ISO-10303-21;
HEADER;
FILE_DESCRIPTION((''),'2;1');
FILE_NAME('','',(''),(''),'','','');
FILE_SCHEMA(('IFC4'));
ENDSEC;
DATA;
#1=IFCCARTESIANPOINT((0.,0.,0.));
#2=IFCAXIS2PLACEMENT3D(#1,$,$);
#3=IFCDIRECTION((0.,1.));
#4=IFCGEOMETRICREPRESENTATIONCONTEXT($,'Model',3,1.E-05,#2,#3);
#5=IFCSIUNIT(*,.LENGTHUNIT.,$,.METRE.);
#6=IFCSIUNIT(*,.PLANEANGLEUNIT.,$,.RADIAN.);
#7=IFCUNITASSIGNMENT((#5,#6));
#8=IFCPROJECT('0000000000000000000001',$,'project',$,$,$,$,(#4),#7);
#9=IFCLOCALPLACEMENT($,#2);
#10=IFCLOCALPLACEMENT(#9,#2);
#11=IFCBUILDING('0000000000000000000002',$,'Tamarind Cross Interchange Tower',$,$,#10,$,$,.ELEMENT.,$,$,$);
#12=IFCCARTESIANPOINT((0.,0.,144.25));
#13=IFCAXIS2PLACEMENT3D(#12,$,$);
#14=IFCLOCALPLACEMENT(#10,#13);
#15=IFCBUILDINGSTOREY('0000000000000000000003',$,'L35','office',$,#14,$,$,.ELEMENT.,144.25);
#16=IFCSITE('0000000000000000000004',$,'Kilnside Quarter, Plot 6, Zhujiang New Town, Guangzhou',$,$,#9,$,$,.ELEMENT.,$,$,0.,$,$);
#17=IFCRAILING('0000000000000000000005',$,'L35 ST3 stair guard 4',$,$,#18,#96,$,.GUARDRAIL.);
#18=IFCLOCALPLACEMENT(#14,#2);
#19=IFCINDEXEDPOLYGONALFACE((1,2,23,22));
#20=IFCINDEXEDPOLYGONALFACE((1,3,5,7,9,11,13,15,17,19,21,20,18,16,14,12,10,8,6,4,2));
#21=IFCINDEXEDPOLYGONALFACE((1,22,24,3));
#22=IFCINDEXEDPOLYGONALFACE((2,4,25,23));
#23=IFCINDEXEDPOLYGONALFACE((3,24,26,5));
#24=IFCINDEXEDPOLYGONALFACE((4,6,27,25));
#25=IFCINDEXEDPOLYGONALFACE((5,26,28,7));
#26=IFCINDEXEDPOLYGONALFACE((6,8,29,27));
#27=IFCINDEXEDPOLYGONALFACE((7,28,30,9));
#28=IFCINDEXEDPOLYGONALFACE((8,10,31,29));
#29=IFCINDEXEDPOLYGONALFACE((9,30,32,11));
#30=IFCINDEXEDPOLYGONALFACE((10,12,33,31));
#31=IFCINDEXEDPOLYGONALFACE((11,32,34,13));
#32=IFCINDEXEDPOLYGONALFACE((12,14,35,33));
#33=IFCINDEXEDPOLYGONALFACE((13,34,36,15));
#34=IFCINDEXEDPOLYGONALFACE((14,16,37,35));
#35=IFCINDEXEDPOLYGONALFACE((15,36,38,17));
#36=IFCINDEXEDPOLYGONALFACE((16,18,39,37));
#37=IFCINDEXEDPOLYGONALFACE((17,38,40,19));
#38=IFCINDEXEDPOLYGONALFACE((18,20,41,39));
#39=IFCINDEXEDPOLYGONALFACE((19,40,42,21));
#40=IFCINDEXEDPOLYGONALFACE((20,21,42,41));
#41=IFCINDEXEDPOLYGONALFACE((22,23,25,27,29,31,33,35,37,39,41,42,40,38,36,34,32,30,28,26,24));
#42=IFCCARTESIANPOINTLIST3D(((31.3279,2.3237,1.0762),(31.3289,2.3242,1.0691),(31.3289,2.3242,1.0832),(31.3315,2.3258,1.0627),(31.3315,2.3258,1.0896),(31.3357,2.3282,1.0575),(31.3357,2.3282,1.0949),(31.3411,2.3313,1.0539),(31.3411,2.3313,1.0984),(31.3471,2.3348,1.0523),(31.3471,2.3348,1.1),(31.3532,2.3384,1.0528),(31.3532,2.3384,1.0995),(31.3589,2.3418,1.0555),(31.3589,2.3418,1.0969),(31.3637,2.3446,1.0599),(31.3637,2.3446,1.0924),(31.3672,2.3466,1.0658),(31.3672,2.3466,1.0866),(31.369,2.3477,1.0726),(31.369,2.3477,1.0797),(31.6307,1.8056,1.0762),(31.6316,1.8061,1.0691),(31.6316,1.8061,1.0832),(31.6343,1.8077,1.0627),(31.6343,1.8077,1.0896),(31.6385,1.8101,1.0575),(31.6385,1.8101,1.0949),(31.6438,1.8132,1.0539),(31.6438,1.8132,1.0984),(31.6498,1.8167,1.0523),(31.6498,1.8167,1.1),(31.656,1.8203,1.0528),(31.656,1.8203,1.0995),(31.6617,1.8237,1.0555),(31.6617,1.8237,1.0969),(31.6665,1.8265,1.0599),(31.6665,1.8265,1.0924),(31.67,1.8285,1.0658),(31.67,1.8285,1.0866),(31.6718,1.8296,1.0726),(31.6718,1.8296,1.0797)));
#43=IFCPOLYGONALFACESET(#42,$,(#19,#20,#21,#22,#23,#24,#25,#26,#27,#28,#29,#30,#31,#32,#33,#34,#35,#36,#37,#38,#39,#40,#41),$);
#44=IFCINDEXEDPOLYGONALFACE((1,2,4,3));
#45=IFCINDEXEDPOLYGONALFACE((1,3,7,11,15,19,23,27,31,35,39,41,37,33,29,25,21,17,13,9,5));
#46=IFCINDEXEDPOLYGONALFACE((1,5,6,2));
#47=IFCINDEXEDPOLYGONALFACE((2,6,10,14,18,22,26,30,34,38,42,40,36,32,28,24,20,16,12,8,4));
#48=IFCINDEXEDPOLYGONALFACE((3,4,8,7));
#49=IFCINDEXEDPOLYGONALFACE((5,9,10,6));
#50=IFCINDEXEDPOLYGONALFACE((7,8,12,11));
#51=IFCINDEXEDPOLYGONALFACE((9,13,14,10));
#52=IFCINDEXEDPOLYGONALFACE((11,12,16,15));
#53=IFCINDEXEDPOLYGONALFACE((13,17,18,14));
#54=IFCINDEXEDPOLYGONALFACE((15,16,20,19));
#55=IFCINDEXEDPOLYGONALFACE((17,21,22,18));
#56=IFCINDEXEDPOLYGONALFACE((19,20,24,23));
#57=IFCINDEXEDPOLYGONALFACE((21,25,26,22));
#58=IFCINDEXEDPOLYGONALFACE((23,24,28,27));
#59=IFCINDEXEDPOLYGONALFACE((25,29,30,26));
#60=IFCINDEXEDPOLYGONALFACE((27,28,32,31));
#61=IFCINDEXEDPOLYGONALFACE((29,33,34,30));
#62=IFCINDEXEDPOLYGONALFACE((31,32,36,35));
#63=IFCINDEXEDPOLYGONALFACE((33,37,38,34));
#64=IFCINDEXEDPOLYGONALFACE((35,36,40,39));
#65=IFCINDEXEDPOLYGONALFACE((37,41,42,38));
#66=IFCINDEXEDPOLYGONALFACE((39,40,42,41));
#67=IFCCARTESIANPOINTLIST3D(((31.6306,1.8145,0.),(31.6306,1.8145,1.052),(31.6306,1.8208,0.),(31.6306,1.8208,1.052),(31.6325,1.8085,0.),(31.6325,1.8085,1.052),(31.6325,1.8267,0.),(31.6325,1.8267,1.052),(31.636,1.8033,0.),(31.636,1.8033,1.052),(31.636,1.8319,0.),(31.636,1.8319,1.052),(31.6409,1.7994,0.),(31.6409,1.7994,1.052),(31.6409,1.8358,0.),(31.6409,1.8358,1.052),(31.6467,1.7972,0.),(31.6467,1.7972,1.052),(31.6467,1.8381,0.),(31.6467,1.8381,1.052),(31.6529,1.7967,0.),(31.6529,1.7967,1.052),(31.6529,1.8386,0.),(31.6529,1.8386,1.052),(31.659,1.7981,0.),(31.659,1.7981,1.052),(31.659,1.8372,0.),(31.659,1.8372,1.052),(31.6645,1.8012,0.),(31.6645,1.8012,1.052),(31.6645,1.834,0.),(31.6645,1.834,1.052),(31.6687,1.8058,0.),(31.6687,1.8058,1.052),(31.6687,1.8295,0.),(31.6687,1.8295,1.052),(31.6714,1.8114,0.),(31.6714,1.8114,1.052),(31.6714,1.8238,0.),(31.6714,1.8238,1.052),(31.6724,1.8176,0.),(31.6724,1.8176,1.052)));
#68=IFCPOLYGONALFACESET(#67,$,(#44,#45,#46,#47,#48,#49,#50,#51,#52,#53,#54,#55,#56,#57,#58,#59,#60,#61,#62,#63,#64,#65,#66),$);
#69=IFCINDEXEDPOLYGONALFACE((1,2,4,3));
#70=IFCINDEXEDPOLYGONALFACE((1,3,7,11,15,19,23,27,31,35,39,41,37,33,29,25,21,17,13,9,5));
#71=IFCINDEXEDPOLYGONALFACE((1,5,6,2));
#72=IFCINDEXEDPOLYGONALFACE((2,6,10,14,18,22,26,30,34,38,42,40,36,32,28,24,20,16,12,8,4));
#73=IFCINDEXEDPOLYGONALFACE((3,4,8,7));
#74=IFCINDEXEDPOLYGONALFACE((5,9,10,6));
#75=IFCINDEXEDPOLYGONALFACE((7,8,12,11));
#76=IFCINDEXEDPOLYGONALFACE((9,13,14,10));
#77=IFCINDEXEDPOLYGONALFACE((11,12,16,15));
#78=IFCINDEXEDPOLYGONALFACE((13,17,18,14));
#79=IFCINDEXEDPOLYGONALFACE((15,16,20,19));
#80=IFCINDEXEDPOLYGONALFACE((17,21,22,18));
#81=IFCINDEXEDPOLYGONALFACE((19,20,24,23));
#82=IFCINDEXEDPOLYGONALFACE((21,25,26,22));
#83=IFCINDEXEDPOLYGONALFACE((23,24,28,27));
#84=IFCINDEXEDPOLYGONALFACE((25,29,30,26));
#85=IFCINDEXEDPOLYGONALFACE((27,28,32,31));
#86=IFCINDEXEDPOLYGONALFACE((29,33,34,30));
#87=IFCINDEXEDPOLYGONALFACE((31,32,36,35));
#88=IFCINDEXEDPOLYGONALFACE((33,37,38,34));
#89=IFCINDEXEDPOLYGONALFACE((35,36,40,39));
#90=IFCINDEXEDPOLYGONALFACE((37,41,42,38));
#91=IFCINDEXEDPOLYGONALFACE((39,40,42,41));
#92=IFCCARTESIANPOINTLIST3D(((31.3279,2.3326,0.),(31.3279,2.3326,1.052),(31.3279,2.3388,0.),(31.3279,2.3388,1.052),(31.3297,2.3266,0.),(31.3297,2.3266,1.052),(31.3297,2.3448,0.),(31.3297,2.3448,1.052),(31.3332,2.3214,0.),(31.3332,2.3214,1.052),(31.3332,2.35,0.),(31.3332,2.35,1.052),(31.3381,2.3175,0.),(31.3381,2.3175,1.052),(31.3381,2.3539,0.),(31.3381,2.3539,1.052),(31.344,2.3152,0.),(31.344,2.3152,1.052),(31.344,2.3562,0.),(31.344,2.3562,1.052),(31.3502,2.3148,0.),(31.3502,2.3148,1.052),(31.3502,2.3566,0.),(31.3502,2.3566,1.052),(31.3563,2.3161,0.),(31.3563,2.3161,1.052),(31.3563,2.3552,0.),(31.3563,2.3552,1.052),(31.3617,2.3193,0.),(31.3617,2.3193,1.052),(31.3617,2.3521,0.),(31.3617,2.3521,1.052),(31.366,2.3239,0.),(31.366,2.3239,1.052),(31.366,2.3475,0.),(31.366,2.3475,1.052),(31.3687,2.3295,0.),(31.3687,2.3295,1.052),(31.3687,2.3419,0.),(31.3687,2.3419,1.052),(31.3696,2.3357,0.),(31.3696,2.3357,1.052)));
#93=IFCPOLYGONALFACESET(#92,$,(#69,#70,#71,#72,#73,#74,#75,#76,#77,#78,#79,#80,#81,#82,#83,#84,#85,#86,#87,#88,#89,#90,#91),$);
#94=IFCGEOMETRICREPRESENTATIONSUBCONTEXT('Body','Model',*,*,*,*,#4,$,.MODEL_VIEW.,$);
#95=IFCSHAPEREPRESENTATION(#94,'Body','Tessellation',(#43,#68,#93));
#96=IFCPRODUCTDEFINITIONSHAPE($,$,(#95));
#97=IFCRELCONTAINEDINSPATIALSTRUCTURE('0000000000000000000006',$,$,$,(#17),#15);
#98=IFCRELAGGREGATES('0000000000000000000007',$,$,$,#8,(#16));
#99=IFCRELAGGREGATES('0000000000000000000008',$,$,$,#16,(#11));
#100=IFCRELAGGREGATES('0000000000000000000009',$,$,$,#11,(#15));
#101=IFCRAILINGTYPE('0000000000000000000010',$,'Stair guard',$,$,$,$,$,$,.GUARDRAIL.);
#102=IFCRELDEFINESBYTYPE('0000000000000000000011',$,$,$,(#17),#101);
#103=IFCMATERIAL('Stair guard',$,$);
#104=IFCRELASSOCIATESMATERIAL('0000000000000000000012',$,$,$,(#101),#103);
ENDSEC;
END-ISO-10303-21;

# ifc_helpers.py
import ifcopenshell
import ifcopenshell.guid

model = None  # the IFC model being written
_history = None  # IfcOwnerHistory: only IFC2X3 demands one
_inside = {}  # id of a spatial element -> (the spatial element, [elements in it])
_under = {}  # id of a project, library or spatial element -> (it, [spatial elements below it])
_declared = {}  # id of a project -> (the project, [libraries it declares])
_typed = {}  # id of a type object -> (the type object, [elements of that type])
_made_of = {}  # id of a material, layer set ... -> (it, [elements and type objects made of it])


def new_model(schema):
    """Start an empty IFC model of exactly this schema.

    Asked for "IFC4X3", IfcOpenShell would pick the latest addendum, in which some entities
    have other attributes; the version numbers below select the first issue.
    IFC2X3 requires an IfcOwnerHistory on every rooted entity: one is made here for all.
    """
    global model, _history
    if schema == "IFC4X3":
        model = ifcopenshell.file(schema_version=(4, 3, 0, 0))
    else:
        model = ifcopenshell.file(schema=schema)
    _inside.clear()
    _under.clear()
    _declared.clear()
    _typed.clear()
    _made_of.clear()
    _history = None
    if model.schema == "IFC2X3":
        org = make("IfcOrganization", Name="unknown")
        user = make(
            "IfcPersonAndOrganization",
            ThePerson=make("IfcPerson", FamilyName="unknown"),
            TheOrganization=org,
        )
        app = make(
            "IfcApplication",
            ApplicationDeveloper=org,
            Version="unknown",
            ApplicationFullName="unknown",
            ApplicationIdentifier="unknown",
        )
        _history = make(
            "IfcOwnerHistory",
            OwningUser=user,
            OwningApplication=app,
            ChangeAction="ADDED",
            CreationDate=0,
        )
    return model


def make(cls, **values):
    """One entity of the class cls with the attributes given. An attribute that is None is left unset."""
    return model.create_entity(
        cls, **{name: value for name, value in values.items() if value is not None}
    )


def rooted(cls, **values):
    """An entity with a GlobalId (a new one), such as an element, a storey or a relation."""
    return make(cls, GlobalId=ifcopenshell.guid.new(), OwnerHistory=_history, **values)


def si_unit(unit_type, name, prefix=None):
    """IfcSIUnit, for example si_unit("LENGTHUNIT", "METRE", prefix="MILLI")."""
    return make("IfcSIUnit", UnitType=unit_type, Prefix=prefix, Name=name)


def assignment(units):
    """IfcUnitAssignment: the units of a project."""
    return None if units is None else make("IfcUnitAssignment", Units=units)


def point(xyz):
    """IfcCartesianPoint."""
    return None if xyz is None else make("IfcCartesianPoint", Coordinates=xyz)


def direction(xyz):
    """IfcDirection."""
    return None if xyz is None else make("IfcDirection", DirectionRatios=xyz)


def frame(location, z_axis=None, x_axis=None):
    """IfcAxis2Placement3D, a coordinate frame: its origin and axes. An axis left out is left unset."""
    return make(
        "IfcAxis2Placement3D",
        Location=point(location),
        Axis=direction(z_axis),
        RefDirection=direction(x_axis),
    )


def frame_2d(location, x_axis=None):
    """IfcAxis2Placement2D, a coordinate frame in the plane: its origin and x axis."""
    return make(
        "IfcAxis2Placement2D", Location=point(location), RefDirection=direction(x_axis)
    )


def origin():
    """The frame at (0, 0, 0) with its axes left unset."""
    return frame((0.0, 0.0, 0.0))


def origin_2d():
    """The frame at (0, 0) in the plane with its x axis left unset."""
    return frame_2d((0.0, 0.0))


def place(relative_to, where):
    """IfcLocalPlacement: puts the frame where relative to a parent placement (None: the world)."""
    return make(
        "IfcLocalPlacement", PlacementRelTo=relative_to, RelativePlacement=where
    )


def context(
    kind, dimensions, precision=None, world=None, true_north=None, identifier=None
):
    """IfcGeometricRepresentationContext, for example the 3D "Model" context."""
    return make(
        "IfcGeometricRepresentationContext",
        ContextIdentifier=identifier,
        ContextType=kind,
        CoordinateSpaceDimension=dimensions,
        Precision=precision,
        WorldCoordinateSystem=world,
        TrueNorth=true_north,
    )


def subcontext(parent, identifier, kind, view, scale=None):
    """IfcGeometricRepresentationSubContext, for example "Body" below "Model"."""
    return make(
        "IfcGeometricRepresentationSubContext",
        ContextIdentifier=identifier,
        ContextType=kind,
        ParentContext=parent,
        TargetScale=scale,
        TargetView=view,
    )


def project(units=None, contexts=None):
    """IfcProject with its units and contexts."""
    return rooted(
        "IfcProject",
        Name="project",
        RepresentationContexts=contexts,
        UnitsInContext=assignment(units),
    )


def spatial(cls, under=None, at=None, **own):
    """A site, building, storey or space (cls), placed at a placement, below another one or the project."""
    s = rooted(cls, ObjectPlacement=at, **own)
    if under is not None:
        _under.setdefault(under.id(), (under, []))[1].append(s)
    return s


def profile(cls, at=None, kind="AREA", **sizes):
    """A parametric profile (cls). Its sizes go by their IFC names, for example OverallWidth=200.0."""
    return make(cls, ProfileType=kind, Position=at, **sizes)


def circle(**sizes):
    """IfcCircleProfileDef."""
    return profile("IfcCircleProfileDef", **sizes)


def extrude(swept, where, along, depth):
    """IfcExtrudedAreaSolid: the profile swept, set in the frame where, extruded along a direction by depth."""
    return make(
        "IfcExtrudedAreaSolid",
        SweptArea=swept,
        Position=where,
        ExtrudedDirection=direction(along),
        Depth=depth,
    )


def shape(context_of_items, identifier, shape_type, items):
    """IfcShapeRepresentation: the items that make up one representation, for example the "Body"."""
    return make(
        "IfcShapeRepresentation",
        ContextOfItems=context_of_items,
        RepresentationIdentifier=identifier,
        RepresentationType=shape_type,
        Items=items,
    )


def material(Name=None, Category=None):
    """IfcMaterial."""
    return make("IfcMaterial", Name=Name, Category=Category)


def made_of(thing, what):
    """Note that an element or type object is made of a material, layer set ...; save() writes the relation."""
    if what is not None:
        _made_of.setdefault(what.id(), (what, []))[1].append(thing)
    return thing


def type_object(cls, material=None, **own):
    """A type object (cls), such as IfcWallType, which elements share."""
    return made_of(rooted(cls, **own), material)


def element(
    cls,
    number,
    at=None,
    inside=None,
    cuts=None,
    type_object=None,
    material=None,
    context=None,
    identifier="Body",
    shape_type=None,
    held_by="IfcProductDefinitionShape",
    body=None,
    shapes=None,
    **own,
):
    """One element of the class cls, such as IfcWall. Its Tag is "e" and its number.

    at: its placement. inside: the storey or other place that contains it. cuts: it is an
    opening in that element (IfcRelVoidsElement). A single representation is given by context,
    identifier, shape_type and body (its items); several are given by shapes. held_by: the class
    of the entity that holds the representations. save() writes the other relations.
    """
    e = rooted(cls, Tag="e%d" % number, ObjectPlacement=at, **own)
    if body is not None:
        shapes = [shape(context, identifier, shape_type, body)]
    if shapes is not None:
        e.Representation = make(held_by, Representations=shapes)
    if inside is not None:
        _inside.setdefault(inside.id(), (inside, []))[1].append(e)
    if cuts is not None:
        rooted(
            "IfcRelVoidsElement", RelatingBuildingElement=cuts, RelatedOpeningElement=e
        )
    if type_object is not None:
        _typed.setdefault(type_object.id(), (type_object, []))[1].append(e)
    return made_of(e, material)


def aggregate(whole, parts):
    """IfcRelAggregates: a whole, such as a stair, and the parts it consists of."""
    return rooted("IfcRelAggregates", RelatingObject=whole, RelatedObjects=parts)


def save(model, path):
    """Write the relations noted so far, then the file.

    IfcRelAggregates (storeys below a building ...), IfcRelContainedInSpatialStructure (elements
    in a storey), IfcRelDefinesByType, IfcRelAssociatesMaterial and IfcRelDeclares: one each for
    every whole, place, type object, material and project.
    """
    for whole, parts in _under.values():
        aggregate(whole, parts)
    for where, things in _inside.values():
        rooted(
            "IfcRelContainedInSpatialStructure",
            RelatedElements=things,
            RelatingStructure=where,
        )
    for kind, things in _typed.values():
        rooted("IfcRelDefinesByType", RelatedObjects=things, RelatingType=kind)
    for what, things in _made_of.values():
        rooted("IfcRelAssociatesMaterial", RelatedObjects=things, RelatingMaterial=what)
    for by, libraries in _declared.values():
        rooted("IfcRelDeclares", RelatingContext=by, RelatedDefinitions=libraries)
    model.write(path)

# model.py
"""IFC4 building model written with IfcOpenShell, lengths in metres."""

from ifc_helpers import new_model, si_unit, direction, frame, origin, origin_2d, place, context, subcontext, project, spatial, circle, extrude, material, type_object, element, save


model = new_model("IFC4")

# Units and contexts
model_context = context("Model", 3, precision=1e-05, world=origin(), true_north=direction((0.0, 1.0)))
body_context = subcontext(model_context, "Body", "Model", "MODEL_VIEW")
ifc_project = project(units=[si_unit("LENGTHUNIT", "METRE"), si_unit("PLANEANGLEUNIT", "RADIAN")], contexts=[model_context])

# Site, building, storey
site_placement = place(None, origin())
site = spatial("IfcSite", under=ifc_project, at=site_placement, Name="Kilnside Quarter, Plot 6, Zhujiang New Town, Guangzhou", CompositionType="ELEMENT", RefElevation=0.0)
building_placement = place(site_placement, origin())
building = spatial("IfcBuilding", under=site, at=building_placement, Name="Tamarind Cross Interchange Tower", CompositionType="ELEMENT")
storey_placement = place(building_placement, frame((0.0, 0.0, 144.25)))
storey = spatial("IfcBuildingStorey", under=building, at=storey_placement, Name="L35", Description="office", CompositionType="ELEMENT", Elevation=144.25)

# Railing
ifc_material_1 = material(Name="Stair guard")
railing_type = type_object("IfcRailingType", Name="Stair guard", PredefinedType="GUARDRAIL", material=ifc_material_1)
railing_placement = place(storey_placement, frame((31.6514, 1.8176, 0.0)))
element("IfcRailing", 1, at=railing_placement, inside=storey, type_object=railing_type, Name="L35 ST3 stair guard 4", PredefinedType="GUARDRAIL", context=body_context, shape_type="SweptSolid", body=[
    extrude(circle(Radius=0.0239, at=origin_2d()), frame((0.0, 0.0, 1.0762), z_axis=(-0.504529, 0.863395, 0.0), x_axis=(-0.863395, -0.504529, 0.0)), (0.0, 0.0, 1.0), 0.6001),
    extrude(circle(Radius=0.021, at=origin_2d()), origin(), (0.0, 0.0, 1.0), 1.052),
    extrude(circle(Radius=0.021, at=origin_2d()), frame((-0.3027, 0.5181, 0.0)), (0.0, 0.0, 1.0), 1.052),
])

save(model, "model.ifc")
